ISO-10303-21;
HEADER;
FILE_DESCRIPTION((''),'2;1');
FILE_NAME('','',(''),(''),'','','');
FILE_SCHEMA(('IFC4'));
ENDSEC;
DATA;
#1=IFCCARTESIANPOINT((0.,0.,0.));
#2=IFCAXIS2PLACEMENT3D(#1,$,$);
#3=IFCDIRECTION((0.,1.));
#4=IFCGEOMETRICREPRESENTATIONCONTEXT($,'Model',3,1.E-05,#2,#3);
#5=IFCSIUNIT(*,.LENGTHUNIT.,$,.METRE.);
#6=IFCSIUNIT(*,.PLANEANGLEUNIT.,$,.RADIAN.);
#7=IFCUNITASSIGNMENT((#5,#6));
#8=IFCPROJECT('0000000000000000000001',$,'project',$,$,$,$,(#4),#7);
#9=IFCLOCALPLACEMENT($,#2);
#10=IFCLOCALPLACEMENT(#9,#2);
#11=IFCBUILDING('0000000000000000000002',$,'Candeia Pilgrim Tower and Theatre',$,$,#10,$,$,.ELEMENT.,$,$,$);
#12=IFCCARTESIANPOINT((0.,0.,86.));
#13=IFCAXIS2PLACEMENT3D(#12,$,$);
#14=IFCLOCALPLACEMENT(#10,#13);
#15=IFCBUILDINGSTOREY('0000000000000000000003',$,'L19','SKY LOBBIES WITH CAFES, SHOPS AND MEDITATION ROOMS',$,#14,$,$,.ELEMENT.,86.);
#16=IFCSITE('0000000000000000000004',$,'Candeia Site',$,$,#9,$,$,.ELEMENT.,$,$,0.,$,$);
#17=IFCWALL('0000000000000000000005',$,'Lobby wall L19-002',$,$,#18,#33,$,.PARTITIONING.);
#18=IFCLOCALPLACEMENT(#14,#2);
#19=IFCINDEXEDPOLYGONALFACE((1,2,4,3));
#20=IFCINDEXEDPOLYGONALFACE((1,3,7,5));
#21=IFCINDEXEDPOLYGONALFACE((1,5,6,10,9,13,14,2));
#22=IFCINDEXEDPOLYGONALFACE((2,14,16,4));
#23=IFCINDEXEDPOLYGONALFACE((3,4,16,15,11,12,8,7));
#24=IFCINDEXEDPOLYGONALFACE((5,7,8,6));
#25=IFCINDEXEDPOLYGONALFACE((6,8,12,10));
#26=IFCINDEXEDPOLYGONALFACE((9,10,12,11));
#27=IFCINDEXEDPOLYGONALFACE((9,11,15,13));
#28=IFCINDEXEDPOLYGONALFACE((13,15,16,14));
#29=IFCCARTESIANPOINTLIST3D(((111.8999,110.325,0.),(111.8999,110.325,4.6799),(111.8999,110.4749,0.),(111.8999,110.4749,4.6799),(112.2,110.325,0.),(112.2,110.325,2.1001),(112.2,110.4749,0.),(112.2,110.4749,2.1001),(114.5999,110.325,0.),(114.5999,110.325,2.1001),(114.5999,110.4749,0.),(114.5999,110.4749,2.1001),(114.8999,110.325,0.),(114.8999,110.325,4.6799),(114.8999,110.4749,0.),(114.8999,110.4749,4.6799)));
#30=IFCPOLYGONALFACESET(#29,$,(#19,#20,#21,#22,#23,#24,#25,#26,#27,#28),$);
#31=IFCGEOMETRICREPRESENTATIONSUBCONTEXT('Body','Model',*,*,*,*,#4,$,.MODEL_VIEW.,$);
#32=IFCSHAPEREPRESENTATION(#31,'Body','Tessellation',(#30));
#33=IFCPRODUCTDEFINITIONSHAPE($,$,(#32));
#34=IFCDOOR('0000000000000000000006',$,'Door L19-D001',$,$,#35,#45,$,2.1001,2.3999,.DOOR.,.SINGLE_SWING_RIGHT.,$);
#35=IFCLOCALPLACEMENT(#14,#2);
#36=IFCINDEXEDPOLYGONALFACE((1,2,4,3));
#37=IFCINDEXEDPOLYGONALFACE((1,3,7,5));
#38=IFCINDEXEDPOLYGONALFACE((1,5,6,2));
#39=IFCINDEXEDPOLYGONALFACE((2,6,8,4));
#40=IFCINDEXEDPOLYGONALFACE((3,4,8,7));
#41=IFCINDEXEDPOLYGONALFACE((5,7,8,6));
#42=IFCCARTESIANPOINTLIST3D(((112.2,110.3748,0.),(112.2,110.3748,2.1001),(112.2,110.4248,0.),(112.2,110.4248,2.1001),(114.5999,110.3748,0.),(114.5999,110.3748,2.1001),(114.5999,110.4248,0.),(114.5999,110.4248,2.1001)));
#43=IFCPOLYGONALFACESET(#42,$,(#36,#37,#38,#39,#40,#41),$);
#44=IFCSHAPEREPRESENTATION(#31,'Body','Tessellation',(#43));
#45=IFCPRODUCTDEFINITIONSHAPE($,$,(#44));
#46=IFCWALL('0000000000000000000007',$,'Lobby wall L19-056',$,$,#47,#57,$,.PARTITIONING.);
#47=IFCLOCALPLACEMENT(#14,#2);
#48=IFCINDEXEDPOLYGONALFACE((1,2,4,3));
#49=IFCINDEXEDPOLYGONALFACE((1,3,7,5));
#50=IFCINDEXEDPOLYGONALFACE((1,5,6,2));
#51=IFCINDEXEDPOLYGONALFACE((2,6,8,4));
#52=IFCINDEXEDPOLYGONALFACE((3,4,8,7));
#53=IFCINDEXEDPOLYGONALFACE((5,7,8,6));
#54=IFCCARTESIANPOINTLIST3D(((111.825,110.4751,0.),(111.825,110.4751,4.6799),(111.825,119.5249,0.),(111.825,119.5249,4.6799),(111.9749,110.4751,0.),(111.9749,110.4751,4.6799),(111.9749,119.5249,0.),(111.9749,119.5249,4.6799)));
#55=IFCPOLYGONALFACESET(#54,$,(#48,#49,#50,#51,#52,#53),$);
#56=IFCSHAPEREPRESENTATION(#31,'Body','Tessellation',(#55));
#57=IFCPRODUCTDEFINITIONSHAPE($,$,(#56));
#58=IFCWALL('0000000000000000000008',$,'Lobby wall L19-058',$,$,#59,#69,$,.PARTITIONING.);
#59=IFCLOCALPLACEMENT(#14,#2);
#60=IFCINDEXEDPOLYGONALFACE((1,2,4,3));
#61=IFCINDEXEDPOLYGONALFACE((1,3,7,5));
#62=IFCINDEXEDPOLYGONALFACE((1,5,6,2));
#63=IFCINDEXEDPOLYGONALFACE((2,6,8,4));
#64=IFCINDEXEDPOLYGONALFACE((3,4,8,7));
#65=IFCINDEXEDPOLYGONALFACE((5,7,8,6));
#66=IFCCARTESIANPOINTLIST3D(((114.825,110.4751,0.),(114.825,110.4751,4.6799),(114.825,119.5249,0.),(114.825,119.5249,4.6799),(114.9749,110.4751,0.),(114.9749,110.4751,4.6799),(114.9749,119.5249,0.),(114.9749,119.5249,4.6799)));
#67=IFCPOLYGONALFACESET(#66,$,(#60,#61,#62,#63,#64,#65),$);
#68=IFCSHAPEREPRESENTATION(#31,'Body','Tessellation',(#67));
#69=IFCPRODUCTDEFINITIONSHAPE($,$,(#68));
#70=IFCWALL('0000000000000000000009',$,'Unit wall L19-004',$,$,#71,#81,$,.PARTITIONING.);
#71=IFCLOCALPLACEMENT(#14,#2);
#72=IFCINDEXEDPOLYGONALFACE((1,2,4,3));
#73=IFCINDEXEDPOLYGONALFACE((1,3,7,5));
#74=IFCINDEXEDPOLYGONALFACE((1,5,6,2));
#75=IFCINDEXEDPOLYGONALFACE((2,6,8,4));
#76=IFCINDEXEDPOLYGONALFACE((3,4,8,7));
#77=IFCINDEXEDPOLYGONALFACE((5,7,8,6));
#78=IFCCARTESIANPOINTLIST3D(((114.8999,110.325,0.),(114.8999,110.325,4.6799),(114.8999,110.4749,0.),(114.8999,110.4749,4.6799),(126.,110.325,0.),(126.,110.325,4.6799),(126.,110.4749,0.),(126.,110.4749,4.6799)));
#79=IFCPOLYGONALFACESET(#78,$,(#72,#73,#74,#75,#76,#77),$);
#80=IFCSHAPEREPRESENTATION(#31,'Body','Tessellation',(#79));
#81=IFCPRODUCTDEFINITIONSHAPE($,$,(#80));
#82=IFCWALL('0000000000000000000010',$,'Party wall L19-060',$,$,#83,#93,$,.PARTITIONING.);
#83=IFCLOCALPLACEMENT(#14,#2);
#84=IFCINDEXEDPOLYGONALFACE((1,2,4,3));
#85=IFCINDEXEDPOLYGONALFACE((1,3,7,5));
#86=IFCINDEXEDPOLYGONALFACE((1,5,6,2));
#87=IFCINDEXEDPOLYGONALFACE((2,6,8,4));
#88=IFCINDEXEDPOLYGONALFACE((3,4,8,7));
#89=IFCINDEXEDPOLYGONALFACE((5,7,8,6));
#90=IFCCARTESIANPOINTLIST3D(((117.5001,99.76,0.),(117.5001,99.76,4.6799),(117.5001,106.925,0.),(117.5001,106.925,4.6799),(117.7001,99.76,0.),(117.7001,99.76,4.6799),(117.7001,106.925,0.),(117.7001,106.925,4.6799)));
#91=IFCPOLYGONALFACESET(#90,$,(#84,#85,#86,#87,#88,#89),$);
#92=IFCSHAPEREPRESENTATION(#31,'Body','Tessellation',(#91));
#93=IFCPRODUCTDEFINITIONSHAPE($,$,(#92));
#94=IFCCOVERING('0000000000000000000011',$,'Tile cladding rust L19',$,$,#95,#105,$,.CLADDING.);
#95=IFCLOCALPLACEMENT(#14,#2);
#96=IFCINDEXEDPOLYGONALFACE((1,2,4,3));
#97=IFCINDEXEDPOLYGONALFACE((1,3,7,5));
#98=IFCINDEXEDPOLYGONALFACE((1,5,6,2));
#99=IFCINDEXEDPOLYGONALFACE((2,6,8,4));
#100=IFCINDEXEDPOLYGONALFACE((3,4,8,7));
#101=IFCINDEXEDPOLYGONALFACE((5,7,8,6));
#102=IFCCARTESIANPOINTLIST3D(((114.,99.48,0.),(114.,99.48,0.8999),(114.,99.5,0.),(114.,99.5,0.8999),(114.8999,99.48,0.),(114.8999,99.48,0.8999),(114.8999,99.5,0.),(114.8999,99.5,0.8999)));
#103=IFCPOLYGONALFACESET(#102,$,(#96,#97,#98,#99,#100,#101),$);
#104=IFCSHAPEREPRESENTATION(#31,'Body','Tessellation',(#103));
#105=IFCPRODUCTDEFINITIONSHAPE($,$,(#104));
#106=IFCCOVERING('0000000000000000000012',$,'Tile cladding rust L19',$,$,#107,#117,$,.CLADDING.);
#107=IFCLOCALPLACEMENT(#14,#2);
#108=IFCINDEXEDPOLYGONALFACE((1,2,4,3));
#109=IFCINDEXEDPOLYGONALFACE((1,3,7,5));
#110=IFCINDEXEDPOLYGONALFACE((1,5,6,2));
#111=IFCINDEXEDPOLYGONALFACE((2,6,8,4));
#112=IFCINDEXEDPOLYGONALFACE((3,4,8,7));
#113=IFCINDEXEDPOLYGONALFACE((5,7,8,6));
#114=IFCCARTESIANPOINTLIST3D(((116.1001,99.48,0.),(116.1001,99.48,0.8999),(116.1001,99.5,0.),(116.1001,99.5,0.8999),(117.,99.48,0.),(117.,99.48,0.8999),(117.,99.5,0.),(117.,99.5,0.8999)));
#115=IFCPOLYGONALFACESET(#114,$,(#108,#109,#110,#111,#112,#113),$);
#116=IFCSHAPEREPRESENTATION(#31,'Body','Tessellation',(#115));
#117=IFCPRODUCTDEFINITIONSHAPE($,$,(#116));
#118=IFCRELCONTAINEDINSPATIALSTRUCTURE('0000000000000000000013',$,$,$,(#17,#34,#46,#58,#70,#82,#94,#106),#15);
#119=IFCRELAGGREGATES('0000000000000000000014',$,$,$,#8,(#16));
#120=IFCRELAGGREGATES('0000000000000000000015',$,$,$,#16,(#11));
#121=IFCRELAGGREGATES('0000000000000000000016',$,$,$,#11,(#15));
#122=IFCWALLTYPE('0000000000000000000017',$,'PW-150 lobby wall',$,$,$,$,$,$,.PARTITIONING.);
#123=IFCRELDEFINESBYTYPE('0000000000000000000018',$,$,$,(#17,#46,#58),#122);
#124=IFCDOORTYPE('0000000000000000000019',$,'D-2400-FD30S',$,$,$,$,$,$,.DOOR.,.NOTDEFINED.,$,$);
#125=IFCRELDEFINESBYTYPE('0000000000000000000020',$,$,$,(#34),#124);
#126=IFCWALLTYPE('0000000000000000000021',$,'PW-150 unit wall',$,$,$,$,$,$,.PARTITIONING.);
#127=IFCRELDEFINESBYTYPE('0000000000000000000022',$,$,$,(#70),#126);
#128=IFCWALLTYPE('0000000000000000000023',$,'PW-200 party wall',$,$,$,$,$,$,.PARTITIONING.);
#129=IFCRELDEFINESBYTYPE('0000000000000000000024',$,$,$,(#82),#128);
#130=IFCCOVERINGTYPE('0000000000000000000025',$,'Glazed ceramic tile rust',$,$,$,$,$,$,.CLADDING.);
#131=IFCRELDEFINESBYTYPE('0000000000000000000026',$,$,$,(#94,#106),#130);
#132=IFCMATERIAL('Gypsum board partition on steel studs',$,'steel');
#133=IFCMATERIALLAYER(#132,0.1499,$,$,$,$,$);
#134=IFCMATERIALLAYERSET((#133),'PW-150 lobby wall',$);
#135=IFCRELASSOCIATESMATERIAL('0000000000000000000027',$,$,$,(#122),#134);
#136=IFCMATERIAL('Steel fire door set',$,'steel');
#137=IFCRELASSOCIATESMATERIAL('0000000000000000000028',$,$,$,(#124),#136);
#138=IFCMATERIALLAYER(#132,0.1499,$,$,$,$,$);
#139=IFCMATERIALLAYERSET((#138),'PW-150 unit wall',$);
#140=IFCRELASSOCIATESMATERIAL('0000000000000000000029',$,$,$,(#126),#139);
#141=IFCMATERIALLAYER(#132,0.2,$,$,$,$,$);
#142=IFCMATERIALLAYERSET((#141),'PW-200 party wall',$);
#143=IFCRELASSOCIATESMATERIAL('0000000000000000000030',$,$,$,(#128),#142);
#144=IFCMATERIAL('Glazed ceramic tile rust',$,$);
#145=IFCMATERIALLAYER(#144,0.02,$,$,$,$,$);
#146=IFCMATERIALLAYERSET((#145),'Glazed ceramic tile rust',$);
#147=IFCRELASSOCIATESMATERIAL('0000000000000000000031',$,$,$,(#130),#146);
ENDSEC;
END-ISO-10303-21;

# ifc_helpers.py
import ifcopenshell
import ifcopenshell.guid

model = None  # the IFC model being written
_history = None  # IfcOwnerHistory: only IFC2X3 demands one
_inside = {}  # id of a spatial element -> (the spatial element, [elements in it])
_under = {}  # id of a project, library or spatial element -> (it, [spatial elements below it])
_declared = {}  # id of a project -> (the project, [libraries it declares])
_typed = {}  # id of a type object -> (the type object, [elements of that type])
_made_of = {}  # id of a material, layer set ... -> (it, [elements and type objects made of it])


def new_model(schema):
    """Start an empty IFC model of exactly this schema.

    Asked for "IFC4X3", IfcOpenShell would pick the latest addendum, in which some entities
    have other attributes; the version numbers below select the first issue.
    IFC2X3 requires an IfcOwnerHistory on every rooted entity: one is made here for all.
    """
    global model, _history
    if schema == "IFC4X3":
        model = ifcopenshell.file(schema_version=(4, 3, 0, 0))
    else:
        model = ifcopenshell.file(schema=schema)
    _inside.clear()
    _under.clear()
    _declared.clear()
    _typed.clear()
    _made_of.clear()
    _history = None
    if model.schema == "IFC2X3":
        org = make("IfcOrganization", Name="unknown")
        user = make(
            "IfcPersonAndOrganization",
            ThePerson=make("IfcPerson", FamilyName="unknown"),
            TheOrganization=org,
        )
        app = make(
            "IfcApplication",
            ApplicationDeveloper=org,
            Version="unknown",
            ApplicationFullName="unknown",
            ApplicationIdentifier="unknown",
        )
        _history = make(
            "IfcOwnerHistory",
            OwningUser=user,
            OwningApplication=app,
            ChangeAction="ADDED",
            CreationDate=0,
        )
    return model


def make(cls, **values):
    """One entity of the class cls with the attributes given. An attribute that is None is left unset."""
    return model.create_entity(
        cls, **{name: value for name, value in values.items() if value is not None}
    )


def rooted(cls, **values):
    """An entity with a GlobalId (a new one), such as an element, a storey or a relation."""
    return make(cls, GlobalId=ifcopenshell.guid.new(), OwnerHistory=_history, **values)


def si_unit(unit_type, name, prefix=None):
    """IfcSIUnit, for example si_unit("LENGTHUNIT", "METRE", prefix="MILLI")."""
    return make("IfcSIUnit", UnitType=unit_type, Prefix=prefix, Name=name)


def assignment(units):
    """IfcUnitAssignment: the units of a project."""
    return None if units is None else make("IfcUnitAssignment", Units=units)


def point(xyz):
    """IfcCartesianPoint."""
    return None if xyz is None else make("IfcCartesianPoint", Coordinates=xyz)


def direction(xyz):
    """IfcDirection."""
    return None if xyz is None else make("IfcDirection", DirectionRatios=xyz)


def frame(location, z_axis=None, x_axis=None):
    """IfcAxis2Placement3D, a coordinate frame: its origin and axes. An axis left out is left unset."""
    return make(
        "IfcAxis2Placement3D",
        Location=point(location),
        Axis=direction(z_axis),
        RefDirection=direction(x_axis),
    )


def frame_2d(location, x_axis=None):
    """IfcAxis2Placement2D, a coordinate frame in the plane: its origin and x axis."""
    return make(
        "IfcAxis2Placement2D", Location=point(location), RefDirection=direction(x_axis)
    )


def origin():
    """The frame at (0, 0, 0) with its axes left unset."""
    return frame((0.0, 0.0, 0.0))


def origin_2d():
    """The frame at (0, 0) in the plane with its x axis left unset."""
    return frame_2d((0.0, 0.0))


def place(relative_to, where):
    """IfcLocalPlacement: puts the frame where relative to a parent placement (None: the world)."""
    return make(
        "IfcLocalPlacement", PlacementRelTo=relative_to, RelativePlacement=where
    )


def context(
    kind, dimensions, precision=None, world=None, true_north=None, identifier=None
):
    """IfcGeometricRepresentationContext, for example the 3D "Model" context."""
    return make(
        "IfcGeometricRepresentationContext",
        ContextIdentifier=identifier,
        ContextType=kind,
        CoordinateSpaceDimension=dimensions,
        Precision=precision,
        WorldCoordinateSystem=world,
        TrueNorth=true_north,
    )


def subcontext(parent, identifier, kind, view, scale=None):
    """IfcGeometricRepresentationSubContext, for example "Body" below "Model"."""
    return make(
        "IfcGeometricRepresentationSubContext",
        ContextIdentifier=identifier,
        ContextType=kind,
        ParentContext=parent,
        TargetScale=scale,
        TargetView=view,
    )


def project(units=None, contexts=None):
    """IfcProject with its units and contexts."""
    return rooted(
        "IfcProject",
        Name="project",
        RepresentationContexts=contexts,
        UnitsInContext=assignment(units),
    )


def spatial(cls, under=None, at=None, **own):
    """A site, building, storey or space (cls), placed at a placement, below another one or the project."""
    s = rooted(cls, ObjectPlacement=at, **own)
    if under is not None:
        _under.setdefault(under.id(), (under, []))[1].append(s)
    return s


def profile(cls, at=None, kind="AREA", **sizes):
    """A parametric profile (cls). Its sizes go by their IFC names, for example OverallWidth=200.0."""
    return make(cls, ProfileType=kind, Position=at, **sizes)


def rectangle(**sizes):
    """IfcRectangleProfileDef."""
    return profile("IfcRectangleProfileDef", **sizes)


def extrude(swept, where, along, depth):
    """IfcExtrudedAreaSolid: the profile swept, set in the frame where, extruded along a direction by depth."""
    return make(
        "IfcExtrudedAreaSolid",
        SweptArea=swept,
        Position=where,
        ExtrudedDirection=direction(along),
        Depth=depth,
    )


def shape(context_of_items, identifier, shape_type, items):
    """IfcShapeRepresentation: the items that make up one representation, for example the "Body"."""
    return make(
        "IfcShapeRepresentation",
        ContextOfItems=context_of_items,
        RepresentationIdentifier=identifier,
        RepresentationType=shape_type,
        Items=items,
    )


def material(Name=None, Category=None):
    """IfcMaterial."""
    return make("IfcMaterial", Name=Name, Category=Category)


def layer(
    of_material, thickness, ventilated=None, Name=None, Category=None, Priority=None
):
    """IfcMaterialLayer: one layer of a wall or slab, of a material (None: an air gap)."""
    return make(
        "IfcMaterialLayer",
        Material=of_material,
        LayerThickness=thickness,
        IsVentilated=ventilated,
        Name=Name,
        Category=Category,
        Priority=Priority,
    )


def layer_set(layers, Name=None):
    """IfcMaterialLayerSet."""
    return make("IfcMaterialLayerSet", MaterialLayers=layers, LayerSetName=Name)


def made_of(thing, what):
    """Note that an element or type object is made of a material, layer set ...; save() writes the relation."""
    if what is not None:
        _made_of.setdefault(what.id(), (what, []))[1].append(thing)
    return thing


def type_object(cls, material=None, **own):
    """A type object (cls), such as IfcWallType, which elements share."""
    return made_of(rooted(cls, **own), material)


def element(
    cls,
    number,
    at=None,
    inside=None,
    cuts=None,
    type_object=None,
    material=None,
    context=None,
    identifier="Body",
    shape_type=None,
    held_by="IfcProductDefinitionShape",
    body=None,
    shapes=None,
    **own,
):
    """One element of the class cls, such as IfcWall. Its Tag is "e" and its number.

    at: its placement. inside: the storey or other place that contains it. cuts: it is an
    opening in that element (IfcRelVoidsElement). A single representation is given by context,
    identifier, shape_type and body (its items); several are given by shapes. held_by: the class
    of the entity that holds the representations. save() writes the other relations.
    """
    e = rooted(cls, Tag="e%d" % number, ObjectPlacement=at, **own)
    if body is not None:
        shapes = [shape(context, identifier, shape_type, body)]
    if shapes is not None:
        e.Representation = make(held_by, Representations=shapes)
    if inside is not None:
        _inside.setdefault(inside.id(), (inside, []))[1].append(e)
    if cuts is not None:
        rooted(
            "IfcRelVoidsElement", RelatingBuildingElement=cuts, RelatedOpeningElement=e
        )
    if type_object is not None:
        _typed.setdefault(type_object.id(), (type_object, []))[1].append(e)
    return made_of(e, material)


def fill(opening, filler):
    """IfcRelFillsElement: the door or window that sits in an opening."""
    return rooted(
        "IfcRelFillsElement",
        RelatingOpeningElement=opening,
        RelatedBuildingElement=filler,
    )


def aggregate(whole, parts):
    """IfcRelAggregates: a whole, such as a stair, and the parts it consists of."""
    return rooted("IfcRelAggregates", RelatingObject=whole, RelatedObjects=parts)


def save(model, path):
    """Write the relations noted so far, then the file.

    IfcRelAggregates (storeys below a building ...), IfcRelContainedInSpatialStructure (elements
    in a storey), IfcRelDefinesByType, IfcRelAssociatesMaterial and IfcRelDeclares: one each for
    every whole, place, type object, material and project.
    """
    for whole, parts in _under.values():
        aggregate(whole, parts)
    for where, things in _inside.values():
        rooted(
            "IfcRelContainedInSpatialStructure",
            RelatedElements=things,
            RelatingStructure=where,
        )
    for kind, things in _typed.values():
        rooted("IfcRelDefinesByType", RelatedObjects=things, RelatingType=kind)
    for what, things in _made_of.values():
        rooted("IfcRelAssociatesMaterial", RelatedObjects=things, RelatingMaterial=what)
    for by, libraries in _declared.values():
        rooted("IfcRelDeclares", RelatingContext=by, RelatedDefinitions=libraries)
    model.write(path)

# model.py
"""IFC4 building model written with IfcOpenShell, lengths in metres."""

from ifc_helpers import new_model, si_unit, direction, frame, frame_2d, origin, origin_2d, place, context, subcontext, project, spatial, rectangle, extrude, material, layer, layer_set, type_object, element, fill, save


model = new_model("IFC4")

# Units and contexts
model_context = context("Model", 3, precision=1e-05, world=origin(), true_north=direction((0.0, 1.0)))
body_context = subcontext(model_context, "Body", "Model", "MODEL_VIEW")
ifc_project = project(units=[si_unit("LENGTHUNIT", "METRE"), si_unit("PLANEANGLEUNIT", "RADIAN")], contexts=[model_context])

# Site, building, storey
site_placement = place(None, origin())
site = spatial("IfcSite", under=ifc_project, at=site_placement, Name="Candeia Site", CompositionType="ELEMENT", RefElevation=0.0)
building_placement = place(site_placement, origin())
building = spatial("IfcBuilding", under=site, at=building_placement, Name="Candeia Pilgrim Tower and Theatre", CompositionType="ELEMENT")
storey_placement = place(building_placement, frame((0.0, 0.0, 86.0)))
storey = spatial("IfcBuildingStorey", under=building, at=storey_placement, Name="L19", Description="SKY LOBBIES WITH CAFES, SHOPS AND MEDITATION ROOMS", CompositionType="ELEMENT", Elevation=86.0)

# Wall, opening, door
ifc_material_1 = material(Name="Gypsum board partition on steel studs", Category="steel")
ifc_layer_1 = layer(ifc_material_1, 0.1499)
ifc_layer_set_1 = layer_set([ifc_layer_1], Name="PW-150 lobby wall")
wall_type_1 = type_object("IfcWallType", Name="PW-150 lobby wall", PredefinedType="PARTITIONING", material=ifc_layer_set_1)
wall_1_placement = place(storey_placement, frame((111.8999, 110.3999, 0.0), z_axis=(0.0, 0.0, 1.0), x_axis=(1.0, 0.0, 0.0)))
wall_1 = element("IfcWall", 1, at=wall_1_placement, inside=storey, type_object=wall_type_1, Name="Lobby wall L19-002", PredefinedType="PARTITIONING", context=body_context, shape_type="SweptSolid", body=[
    extrude(rectangle(XDim=3.0, YDim=0.1499, at=frame_2d((1.5, 0.0))), origin(), (0.0, 0.0, 1.0), 4.6799),
])
opening_1_placement = place(wall_1_placement, frame((0.3, 0.0, 0.0)))
opening_1 = element("IfcOpeningElement", 2, at=opening_1_placement, cuts=wall_1, PredefinedType="OPENING", context=body_context, shape_type="SweptSolid", body=[
    extrude(rectangle(XDim=2.3999, YDim=2.1001, at=frame_2d((1.2, 1.05))), frame((0.0, 0.085, 0.0), z_axis=(0.0, -1.0, 0.0), x_axis=(1.0, 0.0, 0.0)), (0.0, 0.0, 1.0), 0.1699),
])
ifc_material_2 = material(Name="Steel fire door set", Category="steel")
door_type_1 = type_object("IfcDoorType", Name="D-2400-FD30S", OperationType="NOTDEFINED", PredefinedType="DOOR", material=ifc_material_2)
door_1_placement = place(opening_1_placement, origin())
door_1 = element("IfcDoor", 3, at=door_1_placement, inside=storey, type_object=door_type_1, Name="Door L19-D001", OperationType="SINGLE_SWING_RIGHT", OverallHeight=2.1001, OverallWidth=2.3999, PredefinedType="DOOR", context=body_context, shape_type="SweptSolid", body=[
    extrude(rectangle(XDim=2.3999, YDim=2.1001, at=frame_2d((1.2, 1.05))), frame((0.0, 0.0249, 0.0), z_axis=(0.0, -1.0, 0.0), x_axis=(1.0, 0.0, 0.0)), (0.0, 0.0, 1.0), 0.05),
])
fill(opening_1, door_1)

# Walls
for number, where, z_axis, x_axis, name in (
    (4, (111.8999, 110.4751, 0.0), (0.0, 0.0, 1.0), (0.0, 1.0, 0.0), "Lobby wall L19-056"),
    (5, (114.8999, 110.4751, 0.0), (0.0, 0.0, 1.0), (0.0, 1.0, 0.0), "Lobby wall L19-058"),
):
    element("IfcWall", number, at=place(storey_placement, frame(where, z_axis=z_axis, x_axis=x_axis)), inside=storey, type_object=wall_type_1, Name=name, PredefinedType="PARTITIONING", context=body_context, shape_type="SweptSolid", body=[
        extrude(rectangle(XDim=9.0498, YDim=0.1499, at=frame_2d((4.5249, 0.0))), origin(), (0.0, 0.0, 1.0), 4.6799),
    ])
ifc_layer_2 = layer(ifc_material_1, 0.1499)
ifc_layer_set_2 = layer_set([ifc_layer_2], Name="PW-150 unit wall")
wall_type_2 = type_object("IfcWallType", Name="PW-150 unit wall", PredefinedType="PARTITIONING", material=ifc_layer_set_2)
wall_2_placement = place(storey_placement, frame((114.8999, 110.3999, 0.0), z_axis=(0.0, 0.0, 1.0), x_axis=(1.0, 0.0, 0.0)))
element("IfcWall", 6, at=wall_2_placement, inside=storey, type_object=wall_type_2, Name="Unit wall L19-004", PredefinedType="PARTITIONING", context=body_context, shape_type="SweptSolid", body=[
    extrude(rectangle(XDim=11.1001, YDim=0.1499, at=frame_2d((5.55, 0.0))), origin(), (0.0, 0.0, 1.0), 4.6799),
])
ifc_layer_3 = layer(ifc_material_1, 0.2)
ifc_layer_set_3 = layer_set([ifc_layer_3], Name="PW-200 party wall")
wall_type_3 = type_object("IfcWallType", Name="PW-200 party wall", PredefinedType="PARTITIONING", material=ifc_layer_set_3)
wall_3_placement = place(storey_placement, frame((117.6001, 99.76, 0.0), z_axis=(0.0, 0.0, 1.0), x_axis=(0.0, 1.0, 0.0)))
element("IfcWall", 7, at=wall_3_placement, inside=storey, type_object=wall_type_3, Name="Party wall L19-060", PredefinedType="PARTITIONING", context=body_context, shape_type="SweptSolid", body=[
    extrude(rectangle(XDim=7.165, YDim=0.2, at=frame_2d((3.5825, 0.0))), origin(), (0.0, 0.0, 1.0), 4.6799),
])

# Coverings
ifc_material_3 = material(Name="Glazed ceramic tile rust")
ifc_layer_4 = layer(ifc_material_3, 0.02)
ifc_layer_set_4 = layer_set([ifc_layer_4], Name="Glazed ceramic tile rust")
covering_type = type_object("IfcCoveringType", Name="Glazed ceramic tile rust", PredefinedType="CLADDING", material=ifc_layer_set_4)
for number, where, z_axis, x_axis, name in (
    (8, (114.45, 99.49, 0.0), (0.0, 0.0, 1.0), (1.0, 0.0, 0.0), "Tile cladding rust L19"),
    (9, (116.55, 99.49, 0.0), (0.0, 0.0, 1.0), (1.0, 0.0, 0.0), "Tile cladding rust L19"),
):
    element("IfcCovering", number, at=place(storey_placement, frame(where, z_axis=z_axis, x_axis=x_axis)), inside=storey, type_object=covering_type, Name=name, PredefinedType="CLADDING", context=body_context, shape_type="SweptSolid", body=[
        extrude(rectangle(XDim=0.8999, YDim=0.02, at=origin_2d()), origin(), (0.0, 0.0, 1.0), 0.8999),
    ])

save(model, "model.ifc")
